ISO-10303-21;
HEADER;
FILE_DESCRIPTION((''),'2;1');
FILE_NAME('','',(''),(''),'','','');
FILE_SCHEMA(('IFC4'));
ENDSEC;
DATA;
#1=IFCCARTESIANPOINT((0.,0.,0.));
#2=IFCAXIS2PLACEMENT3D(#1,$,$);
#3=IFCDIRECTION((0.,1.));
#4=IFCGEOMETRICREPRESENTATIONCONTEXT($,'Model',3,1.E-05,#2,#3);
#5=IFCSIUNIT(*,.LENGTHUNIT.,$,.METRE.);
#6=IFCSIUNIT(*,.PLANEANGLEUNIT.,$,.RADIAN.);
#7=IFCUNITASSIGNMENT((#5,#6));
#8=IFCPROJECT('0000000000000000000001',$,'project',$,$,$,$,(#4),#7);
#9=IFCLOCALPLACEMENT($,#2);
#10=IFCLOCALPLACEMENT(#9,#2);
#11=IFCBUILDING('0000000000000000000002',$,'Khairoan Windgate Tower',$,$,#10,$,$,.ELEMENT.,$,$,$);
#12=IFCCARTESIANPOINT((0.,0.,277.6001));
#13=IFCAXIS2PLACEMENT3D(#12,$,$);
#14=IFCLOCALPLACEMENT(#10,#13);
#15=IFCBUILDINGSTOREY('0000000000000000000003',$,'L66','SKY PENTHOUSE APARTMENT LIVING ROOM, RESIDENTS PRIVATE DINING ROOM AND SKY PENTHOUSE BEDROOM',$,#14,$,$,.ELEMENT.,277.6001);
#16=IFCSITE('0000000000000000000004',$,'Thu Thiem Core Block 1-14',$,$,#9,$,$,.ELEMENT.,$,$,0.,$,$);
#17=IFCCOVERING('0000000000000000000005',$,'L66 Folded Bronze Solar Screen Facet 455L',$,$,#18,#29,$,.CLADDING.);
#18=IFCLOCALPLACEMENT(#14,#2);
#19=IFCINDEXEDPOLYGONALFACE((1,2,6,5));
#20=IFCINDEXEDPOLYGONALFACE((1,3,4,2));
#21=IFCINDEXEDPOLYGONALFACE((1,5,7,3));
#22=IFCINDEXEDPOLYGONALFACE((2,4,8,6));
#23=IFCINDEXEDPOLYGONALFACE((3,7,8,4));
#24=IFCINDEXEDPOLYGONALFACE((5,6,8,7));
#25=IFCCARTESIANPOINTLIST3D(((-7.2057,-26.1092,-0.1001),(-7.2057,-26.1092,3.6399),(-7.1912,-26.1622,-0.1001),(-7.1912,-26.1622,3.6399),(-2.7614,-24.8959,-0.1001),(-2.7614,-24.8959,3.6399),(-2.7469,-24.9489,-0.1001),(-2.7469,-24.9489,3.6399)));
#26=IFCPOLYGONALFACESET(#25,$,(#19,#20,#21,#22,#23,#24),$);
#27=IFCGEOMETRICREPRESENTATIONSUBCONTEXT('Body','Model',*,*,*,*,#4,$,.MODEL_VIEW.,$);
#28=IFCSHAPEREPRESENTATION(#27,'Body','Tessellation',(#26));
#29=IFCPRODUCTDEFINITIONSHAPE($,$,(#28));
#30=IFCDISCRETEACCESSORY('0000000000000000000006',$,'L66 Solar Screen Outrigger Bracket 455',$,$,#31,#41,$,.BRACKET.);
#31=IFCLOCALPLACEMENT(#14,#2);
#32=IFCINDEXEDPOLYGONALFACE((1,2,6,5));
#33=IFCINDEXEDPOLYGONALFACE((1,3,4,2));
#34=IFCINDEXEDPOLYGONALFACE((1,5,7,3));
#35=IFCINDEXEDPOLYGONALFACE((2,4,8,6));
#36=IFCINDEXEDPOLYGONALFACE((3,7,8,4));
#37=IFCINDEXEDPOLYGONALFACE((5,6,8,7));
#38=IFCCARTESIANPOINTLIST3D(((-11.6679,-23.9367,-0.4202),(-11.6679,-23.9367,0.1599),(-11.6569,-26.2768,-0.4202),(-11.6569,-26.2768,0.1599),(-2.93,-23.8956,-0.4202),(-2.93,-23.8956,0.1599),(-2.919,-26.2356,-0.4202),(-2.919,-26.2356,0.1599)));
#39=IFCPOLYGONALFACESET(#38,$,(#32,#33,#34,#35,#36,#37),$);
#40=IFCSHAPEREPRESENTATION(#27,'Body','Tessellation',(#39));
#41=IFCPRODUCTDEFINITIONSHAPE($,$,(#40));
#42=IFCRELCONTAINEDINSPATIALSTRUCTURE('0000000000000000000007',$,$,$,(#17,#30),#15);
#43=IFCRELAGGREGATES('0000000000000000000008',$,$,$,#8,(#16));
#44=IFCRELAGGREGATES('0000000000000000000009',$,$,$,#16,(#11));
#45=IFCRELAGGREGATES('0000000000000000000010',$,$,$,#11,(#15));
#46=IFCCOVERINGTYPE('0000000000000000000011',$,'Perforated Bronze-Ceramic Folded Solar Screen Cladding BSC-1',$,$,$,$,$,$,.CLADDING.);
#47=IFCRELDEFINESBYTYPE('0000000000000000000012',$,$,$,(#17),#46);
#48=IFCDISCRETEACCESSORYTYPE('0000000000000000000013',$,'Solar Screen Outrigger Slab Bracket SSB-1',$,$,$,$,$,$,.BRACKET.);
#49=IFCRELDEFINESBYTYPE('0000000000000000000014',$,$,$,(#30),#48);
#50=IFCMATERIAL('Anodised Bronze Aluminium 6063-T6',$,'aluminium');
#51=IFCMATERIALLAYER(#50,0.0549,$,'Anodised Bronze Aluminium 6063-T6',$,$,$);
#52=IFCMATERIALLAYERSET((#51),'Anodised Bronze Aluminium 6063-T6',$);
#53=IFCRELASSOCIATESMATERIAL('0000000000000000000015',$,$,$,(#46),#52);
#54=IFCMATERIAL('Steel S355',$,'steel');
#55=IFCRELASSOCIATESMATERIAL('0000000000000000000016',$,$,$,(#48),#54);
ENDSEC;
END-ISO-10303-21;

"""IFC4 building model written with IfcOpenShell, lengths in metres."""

from ifc_helpers import new_model, si_unit, direction, frame, origin, origin_2d, place, context, subcontext, project, spatial, rectangle, extrude, material, layer, layer_set, type_object, element, save


model = new_model("IFC4")

# Units and contexts
model_context = context("Model", 3, precision=1e-05, world=origin(), true_north=direction((0.0, 1.0)))
body_context = subcontext(model_context, "Body", "Model", "MODEL_VIEW")
ifc_project = project(units=[si_unit("LENGTHUNIT", "METRE"), si_unit("PLANEANGLEUNIT", "RADIAN")], contexts=[model_context])

# Site, building, storey
site_placement = place(None, origin())
site = spatial("IfcSite", under=ifc_project, at=site_placement, Name="Thu Thiem Core Block 1-14", CompositionType="ELEMENT", RefElevation=0.0)
building_placement = place(site_placement, origin())
building = spatial("IfcBuilding", under=site, at=building_placement, Name="Khairoan Windgate Tower", CompositionType="ELEMENT")
storey_placement = place(building_placement, frame((0.0, 0.0, 277.6001)))
storey = spatial("IfcBuildingStorey", under=building, at=storey_placement, Name="L66", Description="SKY PENTHOUSE APARTMENT LIVING ROOM, RESIDENTS PRIVATE DINING ROOM AND SKY PENTHOUSE BEDROOM", CompositionType="ELEMENT", Elevation=277.6001)

# Covering
ifc_material_1 = material(Name="Anodised Bronze Aluminium 6063-T6", Category="aluminium")
ifc_layer_1 = layer(ifc_material_1, 0.0549, Name="Anodised Bronze Aluminium 6063-T6")
ifc_layer_set_1 = layer_set([ifc_layer_1], Name="Anodised Bronze Aluminium 6063-T6")
covering_type = type_object("IfcCoveringType", Name="Perforated Bronze-Ceramic Folded Solar Screen Cladding BSC-1", PredefinedType="CLADDING", material=ifc_layer_set_1)
covering_placement = place(storey_placement, frame((-4.9763, -25.5291, -0.1001), z_axis=(0.0, 0.0, 1.0), x_axis=(-0.964695, -0.263368, 0.0)))
element("IfcCovering", 1, at=covering_placement, inside=storey, type_object=covering_type, Name="L66 Folded Bronze Solar Screen Facet 455L", PredefinedType="CLADDING", context=body_context, shape_type="SweptSolid", body=[
    extrude(rectangle(XDim=4.6069, YDim=0.0549, at=origin_2d()), origin(), (0.0, 0.0, 1.0), 3.74),
])

# Discrete accessory
ifc_material_2 = material(Name="Steel S355", Category="steel")
discrete_accessory_type = type_object("IfcDiscreteAccessoryType", Name="Solar Screen Outrigger Slab Bracket SSB-1", PredefinedType="BRACKET", material=ifc_material_2)
discrete_accessory_placement = place(storey_placement, frame((-7.2935, -25.0862, -0.4202), z_axis=(0.0, 0.0, 1.0), x_axis=(-0.999989, -0.004712, 0.0)))
element("IfcDiscreteAccessory", 2, at=discrete_accessory_placement, inside=storey, type_object=discrete_accessory_type, Name="L66 Solar Screen Outrigger Bracket 455", PredefinedType="BRACKET", context=body_context, shape_type="SweptSolid", body=[
    extrude(rectangle(XDim=8.738, YDim=2.3401, at=origin_2d()), origin(), (0.0, 0.0, 1.0), 0.5801),
])

save(model, "model.ifc")
